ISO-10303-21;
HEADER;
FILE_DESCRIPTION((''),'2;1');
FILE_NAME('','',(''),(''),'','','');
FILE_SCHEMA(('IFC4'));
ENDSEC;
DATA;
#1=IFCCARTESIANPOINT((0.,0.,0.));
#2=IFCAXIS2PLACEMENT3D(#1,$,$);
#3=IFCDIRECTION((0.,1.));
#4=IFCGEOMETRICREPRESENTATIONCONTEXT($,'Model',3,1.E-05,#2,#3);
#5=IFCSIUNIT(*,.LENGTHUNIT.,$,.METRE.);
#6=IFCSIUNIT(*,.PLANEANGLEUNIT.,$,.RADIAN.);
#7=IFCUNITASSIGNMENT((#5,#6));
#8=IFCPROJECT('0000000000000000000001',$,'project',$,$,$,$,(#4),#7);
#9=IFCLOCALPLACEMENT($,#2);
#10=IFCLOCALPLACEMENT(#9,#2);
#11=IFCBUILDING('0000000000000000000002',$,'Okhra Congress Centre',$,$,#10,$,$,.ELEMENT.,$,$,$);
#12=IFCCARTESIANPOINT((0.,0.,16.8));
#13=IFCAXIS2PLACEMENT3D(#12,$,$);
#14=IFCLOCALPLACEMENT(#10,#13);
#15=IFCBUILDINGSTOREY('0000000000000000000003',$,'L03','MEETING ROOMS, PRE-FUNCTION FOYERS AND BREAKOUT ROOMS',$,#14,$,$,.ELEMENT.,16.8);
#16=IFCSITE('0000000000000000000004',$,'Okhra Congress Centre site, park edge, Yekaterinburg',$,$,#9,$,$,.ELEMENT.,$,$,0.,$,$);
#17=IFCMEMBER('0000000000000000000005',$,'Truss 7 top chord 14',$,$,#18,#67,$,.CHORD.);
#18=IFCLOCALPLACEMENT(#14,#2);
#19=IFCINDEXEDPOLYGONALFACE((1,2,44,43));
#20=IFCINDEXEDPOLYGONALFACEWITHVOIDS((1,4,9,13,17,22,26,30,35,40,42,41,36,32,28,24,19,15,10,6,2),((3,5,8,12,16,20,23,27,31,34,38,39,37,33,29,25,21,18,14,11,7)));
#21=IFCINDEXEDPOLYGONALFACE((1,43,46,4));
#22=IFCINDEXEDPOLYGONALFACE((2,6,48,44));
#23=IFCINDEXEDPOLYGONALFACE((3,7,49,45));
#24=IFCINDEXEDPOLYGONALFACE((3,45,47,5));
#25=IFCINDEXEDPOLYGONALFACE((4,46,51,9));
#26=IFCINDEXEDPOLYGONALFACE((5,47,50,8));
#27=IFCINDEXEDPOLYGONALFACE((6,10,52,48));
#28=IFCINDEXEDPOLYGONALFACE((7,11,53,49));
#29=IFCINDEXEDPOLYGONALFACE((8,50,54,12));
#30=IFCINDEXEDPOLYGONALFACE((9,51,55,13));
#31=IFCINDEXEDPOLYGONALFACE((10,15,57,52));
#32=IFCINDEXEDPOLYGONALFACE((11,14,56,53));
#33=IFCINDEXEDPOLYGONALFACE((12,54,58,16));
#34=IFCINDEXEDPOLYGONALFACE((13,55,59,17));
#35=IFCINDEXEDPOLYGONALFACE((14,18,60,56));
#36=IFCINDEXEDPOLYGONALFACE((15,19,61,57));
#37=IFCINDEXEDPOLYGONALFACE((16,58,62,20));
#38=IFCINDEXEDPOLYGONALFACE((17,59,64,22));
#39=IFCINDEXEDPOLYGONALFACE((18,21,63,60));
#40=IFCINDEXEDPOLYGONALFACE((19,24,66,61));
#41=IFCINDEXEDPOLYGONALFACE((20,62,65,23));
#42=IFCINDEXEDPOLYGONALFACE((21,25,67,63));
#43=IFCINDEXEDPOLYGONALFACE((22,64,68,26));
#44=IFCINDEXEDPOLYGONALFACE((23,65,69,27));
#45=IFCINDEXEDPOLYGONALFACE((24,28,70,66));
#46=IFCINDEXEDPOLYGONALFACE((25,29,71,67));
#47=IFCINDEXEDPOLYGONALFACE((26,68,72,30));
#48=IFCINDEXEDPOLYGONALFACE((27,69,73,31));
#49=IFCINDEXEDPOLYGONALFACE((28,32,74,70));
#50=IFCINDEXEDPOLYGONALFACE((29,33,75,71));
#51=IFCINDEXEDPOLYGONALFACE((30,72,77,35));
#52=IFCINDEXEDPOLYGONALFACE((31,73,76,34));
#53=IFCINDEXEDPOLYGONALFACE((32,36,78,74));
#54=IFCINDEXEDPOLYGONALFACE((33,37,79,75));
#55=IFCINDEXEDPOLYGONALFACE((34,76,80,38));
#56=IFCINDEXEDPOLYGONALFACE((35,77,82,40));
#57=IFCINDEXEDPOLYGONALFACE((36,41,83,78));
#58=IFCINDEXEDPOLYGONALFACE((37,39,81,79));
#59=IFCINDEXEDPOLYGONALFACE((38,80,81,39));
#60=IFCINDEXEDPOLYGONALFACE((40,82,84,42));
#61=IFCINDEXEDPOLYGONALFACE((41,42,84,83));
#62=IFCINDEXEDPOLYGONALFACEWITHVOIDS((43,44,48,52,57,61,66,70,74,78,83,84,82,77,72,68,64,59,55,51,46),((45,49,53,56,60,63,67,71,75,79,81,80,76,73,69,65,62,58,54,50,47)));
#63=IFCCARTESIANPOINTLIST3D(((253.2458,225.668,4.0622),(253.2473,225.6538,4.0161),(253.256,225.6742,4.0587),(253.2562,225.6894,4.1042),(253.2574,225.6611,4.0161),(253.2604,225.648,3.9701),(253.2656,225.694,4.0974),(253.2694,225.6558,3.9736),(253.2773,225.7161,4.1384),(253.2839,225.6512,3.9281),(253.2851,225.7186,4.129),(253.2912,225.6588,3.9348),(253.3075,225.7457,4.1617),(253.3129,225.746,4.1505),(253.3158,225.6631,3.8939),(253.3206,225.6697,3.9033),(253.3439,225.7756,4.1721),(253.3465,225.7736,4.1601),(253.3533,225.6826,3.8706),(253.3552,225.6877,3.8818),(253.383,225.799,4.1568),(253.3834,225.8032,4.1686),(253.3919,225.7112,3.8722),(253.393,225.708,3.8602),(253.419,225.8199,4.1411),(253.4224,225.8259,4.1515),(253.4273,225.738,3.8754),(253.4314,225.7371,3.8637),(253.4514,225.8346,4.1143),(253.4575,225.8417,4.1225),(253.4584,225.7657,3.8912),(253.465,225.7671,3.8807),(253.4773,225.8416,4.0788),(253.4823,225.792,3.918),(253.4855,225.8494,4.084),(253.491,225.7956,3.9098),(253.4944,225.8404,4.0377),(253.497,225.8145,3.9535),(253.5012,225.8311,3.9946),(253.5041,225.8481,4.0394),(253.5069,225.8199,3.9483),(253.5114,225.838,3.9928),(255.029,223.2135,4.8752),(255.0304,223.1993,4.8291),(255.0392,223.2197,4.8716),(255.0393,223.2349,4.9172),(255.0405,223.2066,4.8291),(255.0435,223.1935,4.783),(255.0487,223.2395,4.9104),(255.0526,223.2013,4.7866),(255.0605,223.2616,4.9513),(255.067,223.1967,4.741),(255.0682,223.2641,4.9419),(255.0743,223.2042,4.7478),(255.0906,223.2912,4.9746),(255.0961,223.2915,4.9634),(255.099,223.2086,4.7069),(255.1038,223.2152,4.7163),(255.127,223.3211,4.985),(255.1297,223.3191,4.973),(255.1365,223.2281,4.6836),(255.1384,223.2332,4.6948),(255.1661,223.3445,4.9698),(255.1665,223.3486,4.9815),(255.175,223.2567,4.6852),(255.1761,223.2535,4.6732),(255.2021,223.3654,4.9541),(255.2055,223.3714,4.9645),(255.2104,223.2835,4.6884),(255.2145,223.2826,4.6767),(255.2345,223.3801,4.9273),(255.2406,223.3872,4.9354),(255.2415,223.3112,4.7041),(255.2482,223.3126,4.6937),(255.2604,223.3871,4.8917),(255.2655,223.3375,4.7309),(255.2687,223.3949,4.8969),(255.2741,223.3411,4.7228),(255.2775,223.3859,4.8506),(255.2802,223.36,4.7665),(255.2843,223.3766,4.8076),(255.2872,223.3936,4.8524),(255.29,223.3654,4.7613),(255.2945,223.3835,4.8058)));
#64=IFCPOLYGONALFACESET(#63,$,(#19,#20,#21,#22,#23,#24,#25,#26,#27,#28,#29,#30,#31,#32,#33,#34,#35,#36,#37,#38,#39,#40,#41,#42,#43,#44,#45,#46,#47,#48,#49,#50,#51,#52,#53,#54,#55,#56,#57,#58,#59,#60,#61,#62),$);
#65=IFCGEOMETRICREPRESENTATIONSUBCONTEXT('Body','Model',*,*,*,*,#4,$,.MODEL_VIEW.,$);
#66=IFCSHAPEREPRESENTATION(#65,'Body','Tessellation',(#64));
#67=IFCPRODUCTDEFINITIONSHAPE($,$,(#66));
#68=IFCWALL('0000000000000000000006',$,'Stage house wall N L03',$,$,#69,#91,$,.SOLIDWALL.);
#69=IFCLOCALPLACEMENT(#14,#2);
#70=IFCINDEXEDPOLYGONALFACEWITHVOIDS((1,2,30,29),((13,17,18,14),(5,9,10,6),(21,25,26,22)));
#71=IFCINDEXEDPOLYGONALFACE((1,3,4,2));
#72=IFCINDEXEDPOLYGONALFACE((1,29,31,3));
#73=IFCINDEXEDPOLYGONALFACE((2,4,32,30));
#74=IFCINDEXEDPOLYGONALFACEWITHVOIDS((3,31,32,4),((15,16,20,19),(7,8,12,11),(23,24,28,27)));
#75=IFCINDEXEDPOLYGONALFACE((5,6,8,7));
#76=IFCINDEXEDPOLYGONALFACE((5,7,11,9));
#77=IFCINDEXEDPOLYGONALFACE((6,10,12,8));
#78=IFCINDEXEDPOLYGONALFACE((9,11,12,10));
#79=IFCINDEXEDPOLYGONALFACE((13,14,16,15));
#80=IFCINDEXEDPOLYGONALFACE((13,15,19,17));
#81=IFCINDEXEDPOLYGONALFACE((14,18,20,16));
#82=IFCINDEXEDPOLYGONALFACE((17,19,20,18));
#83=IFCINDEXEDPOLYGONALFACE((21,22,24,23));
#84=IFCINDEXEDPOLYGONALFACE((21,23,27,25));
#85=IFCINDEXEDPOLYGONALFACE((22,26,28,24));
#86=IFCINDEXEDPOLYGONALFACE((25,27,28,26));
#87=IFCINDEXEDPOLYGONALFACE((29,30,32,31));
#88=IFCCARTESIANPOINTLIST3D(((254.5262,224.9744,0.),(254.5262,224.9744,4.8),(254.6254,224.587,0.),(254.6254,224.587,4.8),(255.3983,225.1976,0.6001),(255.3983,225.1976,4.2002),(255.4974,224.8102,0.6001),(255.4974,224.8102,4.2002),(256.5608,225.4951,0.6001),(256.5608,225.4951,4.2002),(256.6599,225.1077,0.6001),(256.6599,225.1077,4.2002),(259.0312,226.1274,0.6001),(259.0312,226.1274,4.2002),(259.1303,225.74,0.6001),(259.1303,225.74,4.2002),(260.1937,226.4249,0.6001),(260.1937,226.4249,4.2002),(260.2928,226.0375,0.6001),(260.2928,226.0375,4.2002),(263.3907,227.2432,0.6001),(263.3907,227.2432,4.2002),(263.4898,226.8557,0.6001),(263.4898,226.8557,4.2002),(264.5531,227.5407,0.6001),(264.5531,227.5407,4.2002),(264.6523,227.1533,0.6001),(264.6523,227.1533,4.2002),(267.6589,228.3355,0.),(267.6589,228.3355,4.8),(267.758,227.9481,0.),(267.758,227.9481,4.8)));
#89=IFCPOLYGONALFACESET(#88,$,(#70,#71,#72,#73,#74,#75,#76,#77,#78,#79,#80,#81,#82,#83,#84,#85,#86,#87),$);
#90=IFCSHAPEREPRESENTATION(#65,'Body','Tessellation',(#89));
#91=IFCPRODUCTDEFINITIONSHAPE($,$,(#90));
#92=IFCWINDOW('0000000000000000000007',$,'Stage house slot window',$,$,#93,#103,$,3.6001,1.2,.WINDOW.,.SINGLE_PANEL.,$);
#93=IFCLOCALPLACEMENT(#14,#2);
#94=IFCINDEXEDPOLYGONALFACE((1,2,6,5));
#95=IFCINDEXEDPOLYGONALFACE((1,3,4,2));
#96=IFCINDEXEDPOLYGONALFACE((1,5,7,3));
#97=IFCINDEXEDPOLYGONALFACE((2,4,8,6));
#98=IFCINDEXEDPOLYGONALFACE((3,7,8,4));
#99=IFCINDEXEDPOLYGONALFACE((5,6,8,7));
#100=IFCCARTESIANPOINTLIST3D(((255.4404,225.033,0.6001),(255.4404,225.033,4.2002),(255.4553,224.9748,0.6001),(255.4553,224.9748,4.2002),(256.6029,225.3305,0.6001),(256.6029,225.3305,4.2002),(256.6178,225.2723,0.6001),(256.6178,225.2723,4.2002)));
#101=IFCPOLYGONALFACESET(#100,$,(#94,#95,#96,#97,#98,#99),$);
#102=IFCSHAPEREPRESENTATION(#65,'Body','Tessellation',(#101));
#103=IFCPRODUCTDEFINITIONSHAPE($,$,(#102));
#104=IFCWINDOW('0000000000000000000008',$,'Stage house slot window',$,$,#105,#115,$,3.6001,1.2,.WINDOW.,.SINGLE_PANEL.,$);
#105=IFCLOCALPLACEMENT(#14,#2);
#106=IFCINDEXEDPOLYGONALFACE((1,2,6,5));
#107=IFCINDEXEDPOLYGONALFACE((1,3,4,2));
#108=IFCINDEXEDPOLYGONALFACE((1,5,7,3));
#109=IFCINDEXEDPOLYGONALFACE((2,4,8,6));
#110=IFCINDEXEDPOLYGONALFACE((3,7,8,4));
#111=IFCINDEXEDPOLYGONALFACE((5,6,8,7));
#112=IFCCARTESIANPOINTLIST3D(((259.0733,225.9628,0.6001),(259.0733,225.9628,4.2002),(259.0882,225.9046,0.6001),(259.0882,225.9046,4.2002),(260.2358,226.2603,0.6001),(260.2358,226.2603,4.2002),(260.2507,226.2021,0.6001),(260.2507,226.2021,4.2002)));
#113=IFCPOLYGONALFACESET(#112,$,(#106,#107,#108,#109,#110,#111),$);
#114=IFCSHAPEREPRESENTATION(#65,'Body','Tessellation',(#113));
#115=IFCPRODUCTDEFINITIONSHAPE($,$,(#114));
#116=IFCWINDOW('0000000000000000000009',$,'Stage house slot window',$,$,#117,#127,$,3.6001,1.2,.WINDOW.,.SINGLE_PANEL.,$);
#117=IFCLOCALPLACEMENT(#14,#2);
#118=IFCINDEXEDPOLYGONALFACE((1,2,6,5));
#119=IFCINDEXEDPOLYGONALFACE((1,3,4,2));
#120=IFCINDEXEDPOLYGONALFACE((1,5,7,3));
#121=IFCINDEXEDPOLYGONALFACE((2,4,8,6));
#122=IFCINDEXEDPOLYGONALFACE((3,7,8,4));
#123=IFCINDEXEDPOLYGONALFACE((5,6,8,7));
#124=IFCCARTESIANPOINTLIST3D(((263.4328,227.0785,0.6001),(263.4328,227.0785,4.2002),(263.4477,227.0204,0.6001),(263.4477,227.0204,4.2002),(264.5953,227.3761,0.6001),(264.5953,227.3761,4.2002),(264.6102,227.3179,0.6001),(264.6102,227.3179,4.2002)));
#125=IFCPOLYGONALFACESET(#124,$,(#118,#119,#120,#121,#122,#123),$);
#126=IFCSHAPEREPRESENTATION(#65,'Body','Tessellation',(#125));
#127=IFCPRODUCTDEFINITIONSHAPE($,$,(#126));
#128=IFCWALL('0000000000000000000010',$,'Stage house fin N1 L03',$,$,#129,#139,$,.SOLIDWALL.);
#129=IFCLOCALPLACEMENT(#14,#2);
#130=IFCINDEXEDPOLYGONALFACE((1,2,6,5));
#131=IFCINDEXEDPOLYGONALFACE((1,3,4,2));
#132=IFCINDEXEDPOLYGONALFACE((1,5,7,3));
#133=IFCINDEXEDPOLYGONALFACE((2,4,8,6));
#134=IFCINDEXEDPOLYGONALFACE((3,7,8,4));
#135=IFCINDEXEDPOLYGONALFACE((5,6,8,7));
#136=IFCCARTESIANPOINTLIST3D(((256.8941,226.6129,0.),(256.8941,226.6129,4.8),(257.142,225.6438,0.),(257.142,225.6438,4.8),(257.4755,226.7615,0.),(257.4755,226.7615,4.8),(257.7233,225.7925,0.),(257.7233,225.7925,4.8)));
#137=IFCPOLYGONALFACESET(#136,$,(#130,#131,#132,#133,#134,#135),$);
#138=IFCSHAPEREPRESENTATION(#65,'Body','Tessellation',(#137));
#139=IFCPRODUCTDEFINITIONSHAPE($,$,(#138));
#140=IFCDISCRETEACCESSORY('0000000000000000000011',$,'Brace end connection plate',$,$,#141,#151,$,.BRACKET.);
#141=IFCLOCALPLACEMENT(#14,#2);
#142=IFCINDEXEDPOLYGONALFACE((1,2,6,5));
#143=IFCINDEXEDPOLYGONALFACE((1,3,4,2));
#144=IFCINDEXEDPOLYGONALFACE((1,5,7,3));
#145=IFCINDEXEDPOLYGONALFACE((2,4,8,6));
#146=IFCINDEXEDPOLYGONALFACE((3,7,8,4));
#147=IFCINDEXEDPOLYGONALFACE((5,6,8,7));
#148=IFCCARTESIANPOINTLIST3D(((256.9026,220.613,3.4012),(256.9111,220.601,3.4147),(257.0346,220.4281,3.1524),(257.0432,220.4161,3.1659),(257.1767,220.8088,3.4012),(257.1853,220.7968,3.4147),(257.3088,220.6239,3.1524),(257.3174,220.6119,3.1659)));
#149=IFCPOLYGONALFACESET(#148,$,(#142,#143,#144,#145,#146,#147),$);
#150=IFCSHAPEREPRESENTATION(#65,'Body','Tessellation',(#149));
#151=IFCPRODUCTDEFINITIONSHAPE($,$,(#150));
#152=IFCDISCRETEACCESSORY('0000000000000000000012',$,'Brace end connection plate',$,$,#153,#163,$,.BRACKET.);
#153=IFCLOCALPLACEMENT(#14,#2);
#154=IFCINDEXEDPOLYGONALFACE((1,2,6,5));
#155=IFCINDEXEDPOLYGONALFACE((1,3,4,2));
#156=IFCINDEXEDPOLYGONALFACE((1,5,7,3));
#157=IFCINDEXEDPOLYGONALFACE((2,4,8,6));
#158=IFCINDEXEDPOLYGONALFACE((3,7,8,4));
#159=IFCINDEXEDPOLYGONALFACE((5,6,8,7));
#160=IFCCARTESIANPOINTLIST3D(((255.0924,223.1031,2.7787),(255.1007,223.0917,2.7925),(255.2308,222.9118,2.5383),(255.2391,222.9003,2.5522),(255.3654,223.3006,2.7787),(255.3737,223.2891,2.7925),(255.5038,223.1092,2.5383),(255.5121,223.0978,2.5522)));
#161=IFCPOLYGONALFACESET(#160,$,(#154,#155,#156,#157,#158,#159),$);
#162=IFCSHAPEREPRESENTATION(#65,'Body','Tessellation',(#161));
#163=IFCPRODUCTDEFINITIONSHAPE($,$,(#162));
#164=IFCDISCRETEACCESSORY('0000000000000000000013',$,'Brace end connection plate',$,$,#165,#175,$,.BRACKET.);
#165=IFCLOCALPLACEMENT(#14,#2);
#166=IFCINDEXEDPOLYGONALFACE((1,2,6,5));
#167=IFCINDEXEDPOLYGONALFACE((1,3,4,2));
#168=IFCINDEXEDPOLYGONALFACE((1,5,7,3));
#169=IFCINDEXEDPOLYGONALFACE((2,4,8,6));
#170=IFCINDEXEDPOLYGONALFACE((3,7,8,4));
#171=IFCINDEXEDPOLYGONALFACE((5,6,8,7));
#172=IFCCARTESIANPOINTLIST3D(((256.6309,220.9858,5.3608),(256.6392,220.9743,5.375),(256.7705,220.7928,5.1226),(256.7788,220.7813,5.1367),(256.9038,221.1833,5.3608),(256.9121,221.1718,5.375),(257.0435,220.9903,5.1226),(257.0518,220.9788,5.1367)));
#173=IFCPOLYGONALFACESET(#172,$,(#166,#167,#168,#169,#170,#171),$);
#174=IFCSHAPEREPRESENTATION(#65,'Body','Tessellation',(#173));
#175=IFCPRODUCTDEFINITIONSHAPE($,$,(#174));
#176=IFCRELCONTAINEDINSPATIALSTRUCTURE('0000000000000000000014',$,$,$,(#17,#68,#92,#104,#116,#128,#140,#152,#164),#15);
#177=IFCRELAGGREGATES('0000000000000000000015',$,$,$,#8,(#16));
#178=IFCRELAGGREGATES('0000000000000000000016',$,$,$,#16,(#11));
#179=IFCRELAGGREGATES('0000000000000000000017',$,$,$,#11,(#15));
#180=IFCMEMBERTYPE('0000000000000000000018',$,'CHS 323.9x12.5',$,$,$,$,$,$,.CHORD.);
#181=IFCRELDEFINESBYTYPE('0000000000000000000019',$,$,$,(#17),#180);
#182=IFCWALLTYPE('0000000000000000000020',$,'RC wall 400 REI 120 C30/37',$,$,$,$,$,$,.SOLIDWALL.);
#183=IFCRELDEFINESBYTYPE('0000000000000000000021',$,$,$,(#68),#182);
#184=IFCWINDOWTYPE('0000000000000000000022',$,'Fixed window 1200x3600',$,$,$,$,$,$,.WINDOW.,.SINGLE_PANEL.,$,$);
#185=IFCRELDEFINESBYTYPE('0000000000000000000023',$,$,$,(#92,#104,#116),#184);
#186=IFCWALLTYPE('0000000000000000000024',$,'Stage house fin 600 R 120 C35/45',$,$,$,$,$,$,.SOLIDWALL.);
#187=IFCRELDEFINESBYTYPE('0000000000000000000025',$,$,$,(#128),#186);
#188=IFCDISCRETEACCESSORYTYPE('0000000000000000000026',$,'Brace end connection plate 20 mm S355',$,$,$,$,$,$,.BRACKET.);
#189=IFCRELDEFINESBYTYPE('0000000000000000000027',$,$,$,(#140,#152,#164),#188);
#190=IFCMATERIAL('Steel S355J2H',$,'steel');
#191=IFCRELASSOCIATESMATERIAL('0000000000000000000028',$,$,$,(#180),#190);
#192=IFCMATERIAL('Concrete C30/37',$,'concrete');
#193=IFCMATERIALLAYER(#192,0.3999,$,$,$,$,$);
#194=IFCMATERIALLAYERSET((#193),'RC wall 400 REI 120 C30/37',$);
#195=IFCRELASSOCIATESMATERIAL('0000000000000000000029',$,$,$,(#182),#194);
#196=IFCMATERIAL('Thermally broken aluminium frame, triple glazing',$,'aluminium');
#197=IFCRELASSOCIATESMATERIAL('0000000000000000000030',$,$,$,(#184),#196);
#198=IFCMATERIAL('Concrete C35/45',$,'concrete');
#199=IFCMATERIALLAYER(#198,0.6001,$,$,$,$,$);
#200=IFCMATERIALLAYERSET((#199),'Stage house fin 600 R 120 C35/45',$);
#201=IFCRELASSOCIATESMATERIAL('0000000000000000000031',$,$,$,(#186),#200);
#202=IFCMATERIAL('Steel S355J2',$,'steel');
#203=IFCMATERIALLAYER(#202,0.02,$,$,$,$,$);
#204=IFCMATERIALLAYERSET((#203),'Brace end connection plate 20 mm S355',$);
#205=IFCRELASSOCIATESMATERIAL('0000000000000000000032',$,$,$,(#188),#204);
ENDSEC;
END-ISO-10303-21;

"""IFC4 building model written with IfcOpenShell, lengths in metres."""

from ifc_helpers import new_model, si_unit, direction, frame, frame_2d, origin, origin_2d, place, context, subcontext, project, spatial, rectangle, hollow_circle, extrude, material, layer, layer_set, material_profile, profile_set, type_object, element, fill, save


model = new_model("IFC4")

# Units and contexts
model_context = context("Model", 3, precision=1e-05, world=origin(), true_north=direction((0.0, 1.0)))
body_context = subcontext(model_context, "Body", "Model", "MODEL_VIEW")
ifc_project = project(units=[si_unit("LENGTHUNIT", "METRE"), si_unit("PLANEANGLEUNIT", "RADIAN")], contexts=[model_context])

# Site, building, storey
site_placement = place(None, origin())
site = spatial("IfcSite", under=ifc_project, at=site_placement, Name="Okhra Congress Centre site, park edge, Yekaterinburg", CompositionType="ELEMENT", RefElevation=0.0)
building_placement = place(site_placement, origin())
building = spatial("IfcBuilding", under=site, at=building_placement, Name="Okhra Congress Centre", CompositionType="ELEMENT")
storey_placement = place(building_placement, frame((0.0, 0.0, 16.8)))
storey = spatial("IfcBuildingStorey", under=building, at=storey_placement, Name="L03", Description="MEETING ROOMS, PRE-FUNCTION FOYERS AND BREAKOUT ROOMS", CompositionType="ELEMENT", Elevation=16.8)

# Member
ifc_material_1 = material(Name="Steel S355J2H", Category="steel")
ifc_material_profile_1 = material_profile(ifc_material_1, hollow_circle(Radius=0.1619, WallThickness=0.0125, at=origin_2d()), Name="CHS 323.9x12.5")
ifc_profile_set_1 = profile_set([ifc_material_profile_1], Name="Steel S355J2H")
member_type_1 = type_object("IfcMemberType", Name="CHS 323.9x12.5", PredefinedType="CHORD", material=ifc_profile_set_1)
for number, where, z_axis, x_axis, name in (
    (1, (255.1614, 223.2944, 4.8291), (-0.567721, 0.781472, -0.258832), (-0.809042, -0.587751, 0.0), "Truss 7 top chord 14"),
):
    element("IfcMember", number, at=place(storey_placement, frame(where, z_axis=z_axis, x_axis=x_axis)), inside=storey, type_object=member_type_1, Name=name, PredefinedType="CHORD", context=body_context, shape_type="SweptSolid", body=[
        extrude(hollow_circle(Radius=0.1619, WallThickness=0.0125, at=origin_2d()), origin(), (0.0, 0.0, 1.0), 3.1409),
    ])

# Wall, openings, windows
ifc_material_2 = material(Name="Concrete C30/37", Category="concrete")
ifc_layer_1 = layer(ifc_material_2, 0.3999)
ifc_layer_set_1 = layer_set([ifc_layer_1], Name="RC wall 400 REI 120 C30/37")
wall_type_1 = type_object("IfcWallType", Name="RC wall 400 REI 120 C30/37", PredefinedType="SOLIDWALL", material=ifc_layer_set_1)
wall_1_placement = place(storey_placement, frame((254.5759, 224.7808, 0.0), z_axis=(0.0, 0.0, 1.0), x_axis=(0.968775, 0.247943, 0.0)))
wall_1 = element("IfcWall", 2, at=wall_1_placement, inside=storey, type_object=wall_type_1, Name="Stage house wall N L03", PredefinedType="SOLIDWALL", context=body_context, shape_type="SweptSolid", body=[
    extrude(rectangle(XDim=13.5559, YDim=0.3999, at=frame_2d((6.7778, 0.0))), origin(), (0.0, 0.0, 1.0), 4.8),
])
opening_1_placement = place(wall_1_placement, frame((0.8999, 0.0, 0.6001)))
opening_1 = element("IfcOpeningElement", 3, at=opening_1_placement, cuts=wall_1, PredefinedType="OPENING", context=body_context, shape_type="SweptSolid", body=[
    extrude(rectangle(XDim=1.2, YDim=3.6001, at=frame_2d((0.6001, 1.8))), frame((0.0, 0.21, 0.0), z_axis=(0.0, -1.0, 0.0), x_axis=(1.0, 0.0, 0.0)), (0.0, 0.0, 1.0), 0.4199),
])
opening_2_placement = place(wall_1_placement, frame((4.6499, 0.0, 0.6001)))
opening_2 = element("IfcOpeningElement", 4, at=opening_2_placement, cuts=wall_1, PredefinedType="OPENING", context=body_context, shape_type="SweptSolid", body=[
    extrude(rectangle(XDim=1.2, YDim=3.6001, at=frame_2d((0.6001, 1.8))), frame((0.0, 0.21, 0.0), z_axis=(0.0, -1.0, 0.0), x_axis=(1.0, 0.0, 0.0)), (0.0, 0.0, 1.0), 0.4199),
])
opening_3_placement = place(wall_1_placement, frame((9.1499, 0.0, 0.6001)))
opening_3 = element("IfcOpeningElement", 5, at=opening_3_placement, cuts=wall_1, PredefinedType="OPENING", context=body_context, shape_type="SweptSolid", body=[
    extrude(rectangle(XDim=1.2, YDim=3.6001, at=frame_2d((0.6001, 1.8))), frame((0.0, 0.21, 0.0), z_axis=(0.0, -1.0, 0.0), x_axis=(1.0, 0.0, 0.0)), (0.0, 0.0, 1.0), 0.4199),
])
ifc_material_3 = material(Name="Thermally broken aluminium frame, triple glazing", Category="aluminium")
window_type = type_object("IfcWindowType", Name="Fixed window 1200x3600", PartitioningType="SINGLE_PANEL", PredefinedType="WINDOW", material=ifc_material_3)
window_1_placement = place(opening_1_placement, origin())
window_1 = element("IfcWindow", 6, at=window_1_placement, inside=storey, type_object=window_type, Name="Stage house slot window", OverallHeight=3.6001, OverallWidth=1.2, PartitioningType="SINGLE_PANEL", PredefinedType="WINDOW", context=body_context, shape_type="SweptSolid", body=[
    extrude(rectangle(XDim=1.2, YDim=3.6001, at=frame_2d((0.6001, 1.8))), frame((0.0, 0.03, 0.0), z_axis=(0.0, -1.0, 0.0), x_axis=(1.0, 0.0, 0.0)), (0.0, 0.0, 1.0), 0.0601),
])
fill(opening_1, window_1)
window_2_placement = place(opening_2_placement, origin())
window_2 = element("IfcWindow", 7, at=window_2_placement, inside=storey, type_object=window_type, Name="Stage house slot window", OverallHeight=3.6001, OverallWidth=1.2, PartitioningType="SINGLE_PANEL", PredefinedType="WINDOW", context=body_context, shape_type="SweptSolid", body=[
    extrude(rectangle(XDim=1.2, YDim=3.6001, at=frame_2d((0.6001, 1.8))), frame((0.0, 0.03, 0.0), z_axis=(0.0, -1.0, 0.0), x_axis=(1.0, 0.0, 0.0)), (0.0, 0.0, 1.0), 0.0601),
])
fill(opening_2, window_2)
window_3_placement = place(opening_3_placement, origin())
window_3 = element("IfcWindow", 8, at=window_3_placement, inside=storey, type_object=window_type, Name="Stage house slot window", OverallHeight=3.6001, OverallWidth=1.2, PartitioningType="SINGLE_PANEL", PredefinedType="WINDOW", context=body_context, shape_type="SweptSolid", body=[
    extrude(rectangle(XDim=1.2, YDim=3.6001, at=frame_2d((0.6001, 1.8))), frame((0.0, 0.03, 0.0), z_axis=(0.0, -1.0, 0.0), x_axis=(1.0, 0.0, 0.0)), (0.0, 0.0, 1.0), 0.0601),
])
fill(opening_3, window_3)

# Wall
ifc_material_4 = material(Name="Concrete C35/45", Category="concrete")
ifc_layer_2 = layer(ifc_material_4, 0.6001)
ifc_layer_set_2 = layer_set([ifc_layer_2], Name="Stage house fin 600 R 120 C35/45")
wall_type_2 = type_object("IfcWallType", Name="Stage house fin 600 R 120 C35/45", PredefinedType="SOLIDWALL", material=ifc_layer_set_2)
wall_2_placement = place(storey_placement, frame((257.4326, 225.7183, 0.0), z_axis=(0.0, 0.0, 1.0), x_axis=(-0.247759, 0.968822, 0.0)))
element("IfcWall", 9, at=wall_2_placement, inside=storey, type_object=wall_type_2, Name="Stage house fin N1 L03", PredefinedType="SOLIDWALL", context=body_context, shape_type="SweptSolid", body=[
    extrude(rectangle(XDim=1.0002, YDim=0.6001, at=frame_2d((0.5, 0.0))), origin(), (0.0, 0.0, 1.0), 4.8),
])

# Discrete accessories
ifc_material_5 = material(Name="Steel S355J2", Category="steel")
ifc_layer_3 = layer(ifc_material_5, 0.02)
ifc_layer_set_3 = layer_set([ifc_layer_3], Name="Brace end connection plate 20 mm S355")
discrete_accessory_type = type_object("IfcDiscreteAccessoryType", Name="Brace end connection plate 20 mm S355", PredefinedType="BRACKET", material=ifc_layer_set_3)
discrete_accessory_1_placement = place(storey_placement, frame((257.1143, 220.6064, 3.2903), z_axis=(-0.429165, 0.600831, -0.674403), x_axis=(-0.813733, -0.581238, 0.0)))
element("IfcDiscreteAccessory", 10, at=discrete_accessory_1_placement, inside=storey, type_object=discrete_accessory_type, Name="Brace end connection plate", PredefinedType="BRACKET", context=body_context, shape_type="SweptSolid", body=[
    extrude(rectangle(XDim=0.3369, YDim=0.3369, at=origin_2d()), origin(), (0.0, 0.0, 1.0), 0.02),
])
discrete_accessory_2_placement = place(storey_placement, frame((255.3064, 223.0947, 2.6724), z_axis=(-0.418068, 0.577917, -0.700879), x_axis=(-0.810224, -0.58612, 0.0)))
element("IfcDiscreteAccessory", 11, at=discrete_accessory_2_placement, inside=storey, type_object=discrete_accessory_type, Name="Brace end connection plate", PredefinedType="BRACKET", context=body_context, shape_type="SweptSolid", body=[
    extrude(rectangle(XDim=0.3369, YDim=0.3369, at=origin_2d()), origin(), (0.0, 0.0, 1.0), 0.0198),
])
discrete_accessory_3_placement = place(storey_placement, frame((256.8372, 220.988, 5.2417), z_axis=(0.41448, -0.572958, 0.707054), x_axis=(0.810224, 0.58612, 0.0)))
element("IfcDiscreteAccessory", 12, at=discrete_accessory_3_placement, inside=storey, type_object=discrete_accessory_type, Name="Brace end connection plate", PredefinedType="BRACKET", context=body_context, shape_type="SweptSolid", body=[
    extrude(rectangle(XDim=0.3369, YDim=0.3369, at=origin_2d()), origin(), (0.0, 0.0, 1.0), 0.02),
])

save(model, "model.ifc")
